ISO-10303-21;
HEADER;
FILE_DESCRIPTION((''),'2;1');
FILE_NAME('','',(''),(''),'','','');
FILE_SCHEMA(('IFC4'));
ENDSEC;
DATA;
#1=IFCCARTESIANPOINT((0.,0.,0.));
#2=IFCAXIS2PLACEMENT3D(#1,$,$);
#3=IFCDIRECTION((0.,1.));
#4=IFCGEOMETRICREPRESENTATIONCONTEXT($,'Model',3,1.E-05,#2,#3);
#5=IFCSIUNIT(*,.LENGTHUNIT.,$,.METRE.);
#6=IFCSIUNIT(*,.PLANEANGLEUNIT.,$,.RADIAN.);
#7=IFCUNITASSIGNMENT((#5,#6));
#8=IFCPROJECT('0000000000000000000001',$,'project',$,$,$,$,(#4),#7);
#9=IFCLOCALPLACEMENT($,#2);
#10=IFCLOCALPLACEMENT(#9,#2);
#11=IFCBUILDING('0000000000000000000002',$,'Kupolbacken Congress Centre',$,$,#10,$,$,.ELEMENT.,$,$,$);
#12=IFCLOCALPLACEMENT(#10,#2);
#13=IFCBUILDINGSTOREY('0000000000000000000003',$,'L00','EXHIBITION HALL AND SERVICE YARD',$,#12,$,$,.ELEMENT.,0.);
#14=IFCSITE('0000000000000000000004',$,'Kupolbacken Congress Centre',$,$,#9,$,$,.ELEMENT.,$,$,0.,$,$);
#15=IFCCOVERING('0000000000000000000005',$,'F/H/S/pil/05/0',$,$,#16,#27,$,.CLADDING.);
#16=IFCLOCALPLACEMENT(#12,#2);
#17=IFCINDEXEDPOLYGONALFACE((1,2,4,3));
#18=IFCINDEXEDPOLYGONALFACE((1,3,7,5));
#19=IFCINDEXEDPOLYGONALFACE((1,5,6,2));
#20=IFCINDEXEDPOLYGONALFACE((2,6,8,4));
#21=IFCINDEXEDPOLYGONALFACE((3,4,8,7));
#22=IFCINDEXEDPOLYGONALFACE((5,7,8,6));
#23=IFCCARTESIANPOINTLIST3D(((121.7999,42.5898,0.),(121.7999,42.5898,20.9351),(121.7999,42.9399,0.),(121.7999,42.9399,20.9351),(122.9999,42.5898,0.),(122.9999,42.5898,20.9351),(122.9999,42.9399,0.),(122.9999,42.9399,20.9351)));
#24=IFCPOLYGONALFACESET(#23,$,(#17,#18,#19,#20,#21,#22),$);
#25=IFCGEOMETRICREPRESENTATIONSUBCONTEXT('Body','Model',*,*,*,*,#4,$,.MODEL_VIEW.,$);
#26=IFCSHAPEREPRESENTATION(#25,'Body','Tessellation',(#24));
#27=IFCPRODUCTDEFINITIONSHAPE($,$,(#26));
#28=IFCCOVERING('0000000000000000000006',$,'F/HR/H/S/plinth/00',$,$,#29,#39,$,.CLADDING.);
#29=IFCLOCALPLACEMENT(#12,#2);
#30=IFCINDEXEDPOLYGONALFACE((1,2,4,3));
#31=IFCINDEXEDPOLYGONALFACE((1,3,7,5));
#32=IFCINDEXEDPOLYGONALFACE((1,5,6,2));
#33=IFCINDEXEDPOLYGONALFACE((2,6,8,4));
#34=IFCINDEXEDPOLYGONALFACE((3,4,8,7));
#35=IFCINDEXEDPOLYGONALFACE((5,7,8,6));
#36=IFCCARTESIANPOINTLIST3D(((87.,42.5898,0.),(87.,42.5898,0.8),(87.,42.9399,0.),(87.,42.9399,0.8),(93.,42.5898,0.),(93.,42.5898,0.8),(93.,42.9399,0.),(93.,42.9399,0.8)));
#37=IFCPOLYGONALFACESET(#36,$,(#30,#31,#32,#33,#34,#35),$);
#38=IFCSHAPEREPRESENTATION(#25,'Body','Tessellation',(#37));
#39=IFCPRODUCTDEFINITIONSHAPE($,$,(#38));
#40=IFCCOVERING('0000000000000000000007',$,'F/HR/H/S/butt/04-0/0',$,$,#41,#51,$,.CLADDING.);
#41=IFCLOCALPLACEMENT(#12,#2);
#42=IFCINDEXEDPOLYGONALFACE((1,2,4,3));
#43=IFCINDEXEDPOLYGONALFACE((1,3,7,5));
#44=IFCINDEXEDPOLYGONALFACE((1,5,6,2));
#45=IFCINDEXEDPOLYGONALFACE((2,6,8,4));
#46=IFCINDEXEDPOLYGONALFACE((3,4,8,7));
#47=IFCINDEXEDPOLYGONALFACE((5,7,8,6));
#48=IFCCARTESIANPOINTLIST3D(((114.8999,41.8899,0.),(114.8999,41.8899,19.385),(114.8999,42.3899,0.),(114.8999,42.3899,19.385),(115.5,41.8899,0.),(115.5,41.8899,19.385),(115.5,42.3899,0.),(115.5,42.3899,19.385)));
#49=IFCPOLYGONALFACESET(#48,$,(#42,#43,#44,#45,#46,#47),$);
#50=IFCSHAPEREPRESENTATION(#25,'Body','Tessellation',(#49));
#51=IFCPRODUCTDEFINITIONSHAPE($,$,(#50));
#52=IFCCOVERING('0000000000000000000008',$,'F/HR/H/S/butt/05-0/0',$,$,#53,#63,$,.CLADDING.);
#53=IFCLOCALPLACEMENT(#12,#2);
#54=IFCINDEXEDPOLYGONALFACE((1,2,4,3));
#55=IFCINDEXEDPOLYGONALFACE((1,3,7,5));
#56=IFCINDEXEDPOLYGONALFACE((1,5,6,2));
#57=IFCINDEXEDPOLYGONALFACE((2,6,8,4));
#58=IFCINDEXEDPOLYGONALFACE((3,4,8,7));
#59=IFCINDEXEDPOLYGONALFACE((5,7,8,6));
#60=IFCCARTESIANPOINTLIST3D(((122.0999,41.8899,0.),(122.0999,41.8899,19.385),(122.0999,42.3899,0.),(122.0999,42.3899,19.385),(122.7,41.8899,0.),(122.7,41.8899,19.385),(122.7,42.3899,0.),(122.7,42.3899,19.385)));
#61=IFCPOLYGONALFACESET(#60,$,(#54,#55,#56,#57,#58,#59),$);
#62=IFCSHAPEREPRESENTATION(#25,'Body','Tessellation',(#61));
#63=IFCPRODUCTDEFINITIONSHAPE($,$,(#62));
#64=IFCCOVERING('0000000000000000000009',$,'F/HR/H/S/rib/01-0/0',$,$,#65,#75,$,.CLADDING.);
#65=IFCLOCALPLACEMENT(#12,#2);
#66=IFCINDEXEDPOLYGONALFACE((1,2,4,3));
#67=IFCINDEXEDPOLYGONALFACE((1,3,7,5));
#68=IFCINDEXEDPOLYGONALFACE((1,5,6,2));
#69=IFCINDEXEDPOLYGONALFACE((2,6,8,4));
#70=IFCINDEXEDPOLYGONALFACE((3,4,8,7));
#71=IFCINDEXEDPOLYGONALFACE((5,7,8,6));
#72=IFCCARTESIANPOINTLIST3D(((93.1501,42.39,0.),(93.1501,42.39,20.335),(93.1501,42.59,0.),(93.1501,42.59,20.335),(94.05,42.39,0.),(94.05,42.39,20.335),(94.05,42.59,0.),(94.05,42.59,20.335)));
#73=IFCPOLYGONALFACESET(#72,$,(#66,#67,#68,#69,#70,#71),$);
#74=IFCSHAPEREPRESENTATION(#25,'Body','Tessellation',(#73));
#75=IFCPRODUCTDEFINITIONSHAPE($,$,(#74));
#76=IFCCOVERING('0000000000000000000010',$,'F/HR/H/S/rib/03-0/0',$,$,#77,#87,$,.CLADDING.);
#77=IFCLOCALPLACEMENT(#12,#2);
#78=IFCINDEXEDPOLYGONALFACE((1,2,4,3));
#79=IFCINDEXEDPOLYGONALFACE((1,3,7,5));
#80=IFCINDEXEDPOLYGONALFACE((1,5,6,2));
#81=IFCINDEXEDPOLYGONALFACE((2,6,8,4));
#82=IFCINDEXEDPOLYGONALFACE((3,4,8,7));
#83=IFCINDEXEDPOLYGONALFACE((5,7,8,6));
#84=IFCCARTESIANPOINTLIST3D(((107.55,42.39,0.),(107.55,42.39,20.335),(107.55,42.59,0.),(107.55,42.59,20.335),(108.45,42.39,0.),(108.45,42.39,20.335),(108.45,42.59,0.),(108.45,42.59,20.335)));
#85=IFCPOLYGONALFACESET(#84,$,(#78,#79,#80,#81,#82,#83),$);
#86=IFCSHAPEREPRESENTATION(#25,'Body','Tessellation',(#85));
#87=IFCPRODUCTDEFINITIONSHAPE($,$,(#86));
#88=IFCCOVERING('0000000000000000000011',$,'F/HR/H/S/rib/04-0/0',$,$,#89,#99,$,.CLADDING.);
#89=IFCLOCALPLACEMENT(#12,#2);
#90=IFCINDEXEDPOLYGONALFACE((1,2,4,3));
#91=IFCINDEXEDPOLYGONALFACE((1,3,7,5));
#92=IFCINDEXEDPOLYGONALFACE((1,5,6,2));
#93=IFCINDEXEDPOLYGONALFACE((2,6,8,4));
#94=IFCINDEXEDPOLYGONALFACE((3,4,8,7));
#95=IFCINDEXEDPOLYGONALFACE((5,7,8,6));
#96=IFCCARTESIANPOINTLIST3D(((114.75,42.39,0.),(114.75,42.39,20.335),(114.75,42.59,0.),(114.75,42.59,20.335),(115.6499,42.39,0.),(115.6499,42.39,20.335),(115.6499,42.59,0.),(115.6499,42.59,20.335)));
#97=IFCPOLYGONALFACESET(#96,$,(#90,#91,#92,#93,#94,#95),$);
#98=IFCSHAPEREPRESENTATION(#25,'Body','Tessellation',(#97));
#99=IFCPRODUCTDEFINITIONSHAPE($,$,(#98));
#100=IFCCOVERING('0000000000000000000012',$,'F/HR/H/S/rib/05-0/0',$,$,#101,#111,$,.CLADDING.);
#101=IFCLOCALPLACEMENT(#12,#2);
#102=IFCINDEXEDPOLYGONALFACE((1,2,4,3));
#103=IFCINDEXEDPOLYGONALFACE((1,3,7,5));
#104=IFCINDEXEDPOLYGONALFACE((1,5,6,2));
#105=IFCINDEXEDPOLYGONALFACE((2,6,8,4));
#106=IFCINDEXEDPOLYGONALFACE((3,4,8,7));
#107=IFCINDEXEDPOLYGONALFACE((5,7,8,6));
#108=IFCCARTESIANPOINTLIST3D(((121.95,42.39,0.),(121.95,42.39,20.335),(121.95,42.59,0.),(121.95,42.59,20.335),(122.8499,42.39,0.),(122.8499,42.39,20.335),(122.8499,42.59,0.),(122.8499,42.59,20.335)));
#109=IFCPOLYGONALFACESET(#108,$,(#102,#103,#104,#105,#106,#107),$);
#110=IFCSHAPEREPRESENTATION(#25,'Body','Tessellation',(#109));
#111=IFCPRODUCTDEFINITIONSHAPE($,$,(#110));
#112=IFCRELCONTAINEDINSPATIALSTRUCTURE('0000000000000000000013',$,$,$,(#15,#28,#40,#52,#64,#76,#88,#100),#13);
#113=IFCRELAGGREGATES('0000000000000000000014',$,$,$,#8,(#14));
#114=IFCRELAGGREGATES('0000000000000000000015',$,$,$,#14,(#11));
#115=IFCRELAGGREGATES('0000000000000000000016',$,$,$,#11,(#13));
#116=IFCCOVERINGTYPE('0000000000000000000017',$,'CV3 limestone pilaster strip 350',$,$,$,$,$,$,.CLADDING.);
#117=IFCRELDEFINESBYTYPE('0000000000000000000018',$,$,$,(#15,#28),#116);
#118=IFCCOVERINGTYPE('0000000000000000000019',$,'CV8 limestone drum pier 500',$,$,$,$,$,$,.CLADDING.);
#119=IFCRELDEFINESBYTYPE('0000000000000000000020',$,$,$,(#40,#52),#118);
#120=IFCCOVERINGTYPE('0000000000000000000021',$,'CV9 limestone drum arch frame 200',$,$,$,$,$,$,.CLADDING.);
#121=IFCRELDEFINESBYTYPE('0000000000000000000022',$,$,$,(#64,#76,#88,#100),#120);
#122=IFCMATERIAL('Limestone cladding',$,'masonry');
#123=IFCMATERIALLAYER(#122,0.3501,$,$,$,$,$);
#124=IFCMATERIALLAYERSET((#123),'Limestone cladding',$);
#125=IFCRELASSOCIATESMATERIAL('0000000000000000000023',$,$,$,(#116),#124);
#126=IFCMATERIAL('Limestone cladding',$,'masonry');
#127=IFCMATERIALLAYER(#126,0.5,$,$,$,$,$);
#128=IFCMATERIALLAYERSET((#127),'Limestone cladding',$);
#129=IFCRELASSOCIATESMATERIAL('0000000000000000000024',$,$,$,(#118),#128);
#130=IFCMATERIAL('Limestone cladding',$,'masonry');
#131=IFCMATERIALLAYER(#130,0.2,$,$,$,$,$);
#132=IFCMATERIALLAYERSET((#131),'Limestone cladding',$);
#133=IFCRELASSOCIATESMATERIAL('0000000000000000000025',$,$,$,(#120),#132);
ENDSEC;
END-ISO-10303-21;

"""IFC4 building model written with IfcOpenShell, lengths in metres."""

from ifc_helpers import new_model, si_unit, direction, frame, origin, origin_2d, place, context, subcontext, project, spatial, rectangle, extrude, material, layer, layer_set, type_object, element, save


model = new_model("IFC4")

# Units and contexts
model_context = context("Model", 3, precision=1e-05, world=origin(), true_north=direction((0.0, 1.0)))
body_context = subcontext(model_context, "Body", "Model", "MODEL_VIEW")
ifc_project = project(units=[si_unit("LENGTHUNIT", "METRE"), si_unit("PLANEANGLEUNIT", "RADIAN")], contexts=[model_context])

# Site, building, storey
site_placement = place(None, origin())
site = spatial("IfcSite", under=ifc_project, at=site_placement, Name="Kupolbacken Congress Centre", CompositionType="ELEMENT", RefElevation=0.0)
building_placement = place(site_placement, origin())
building = spatial("IfcBuilding", under=site, at=building_placement, Name="Kupolbacken Congress Centre", CompositionType="ELEMENT")
storey_placement = place(building_placement, origin())
storey = spatial("IfcBuildingStorey", under=building, at=storey_placement, Name="L00", Description="EXHIBITION HALL AND SERVICE YARD", CompositionType="ELEMENT", Elevation=0.0)

# Coverings
ifc_material_1 = material(Name="Limestone cladding", Category="masonry")
ifc_layer_1 = layer(ifc_material_1, 0.3501)
ifc_layer_set_1 = layer_set([ifc_layer_1], Name="Limestone cladding")
covering_type_1 = type_object("IfcCoveringType", Name="CV3 limestone pilaster strip 350", PredefinedType="CLADDING", material=ifc_layer_set_1)
for number, where, z_axis, x_axis, name in (
    (1, (122.3999, 42.7649, 0.0), (0.0, 0.0, 1.0), (1.0, 0.0, 0.0), "F/H/S/pil/05/0"),
):
    element("IfcCovering", number, at=place(storey_placement, frame(where, z_axis=z_axis, x_axis=x_axis)), inside=storey, type_object=covering_type_1, Name=name, PredefinedType="CLADDING", context=body_context, shape_type="SweptSolid", body=[
        extrude(rectangle(XDim=1.2, YDim=0.3501, at=origin_2d()), origin(), (0.0, 0.0, 1.0), 20.9351),
    ])
covering_1_placement = place(storey_placement, frame((90.0, 42.7649, 0.0), z_axis=(0.0, 0.0, 1.0), x_axis=(1.0, 0.0, 0.0)))
element("IfcCovering", 2, at=covering_1_placement, inside=storey, type_object=covering_type_1, Name="F/HR/H/S/plinth/00", PredefinedType="CLADDING", context=body_context, shape_type="SweptSolid", body=[
    extrude(rectangle(XDim=6.0, YDim=0.3501, at=origin_2d()), origin(), (0.0, 0.0, 1.0), 0.8),
])
ifc_material_2 = material(Name="Limestone cladding", Category="masonry")
ifc_layer_2 = layer(ifc_material_2, 0.5)
ifc_layer_set_2 = layer_set([ifc_layer_2], Name="Limestone cladding")
covering_type_2 = type_object("IfcCoveringType", Name="CV8 limestone drum pier 500", PredefinedType="CLADDING", material=ifc_layer_set_2)
for number, where, z_axis, x_axis, name in (
    (3, (115.2, 42.1399, 0.0), (0.0, 0.0, 1.0), (1.0, 0.0, 0.0), "F/HR/H/S/butt/04-0/0"),
    (4, (122.3999, 42.1399, 0.0), (0.0, 0.0, 1.0), (1.0, 0.0, 0.0), "F/HR/H/S/butt/05-0/0"),
):
    element("IfcCovering", number, at=place(storey_placement, frame(where, z_axis=z_axis, x_axis=x_axis)), inside=storey, type_object=covering_type_2, Name=name, PredefinedType="CLADDING", context=body_context, shape_type="SweptSolid", body=[
        extrude(rectangle(XDim=0.6001, YDim=0.5, at=origin_2d()), origin(), (0.0, 0.0, 1.0), 19.385),
    ])
ifc_material_3 = material(Name="Limestone cladding", Category="masonry")
ifc_layer_3 = layer(ifc_material_3, 0.2)
ifc_layer_set_3 = layer_set([ifc_layer_3], Name="Limestone cladding")
covering_type_3 = type_object("IfcCoveringType", Name="CV9 limestone drum arch frame 200", PredefinedType="CLADDING", material=ifc_layer_set_3)
for number, where, z_axis, x_axis, name in (
    (5, (93.6001, 42.49, 0.0), (0.0, 0.0, 1.0), (1.0, 0.0, 0.0), "F/HR/H/S/rib/01-0/0"),
    (6, (108.0, 42.49, 0.0), (0.0, 0.0, 1.0), (1.0, 0.0, 0.0), "F/HR/H/S/rib/03-0/0"),
    (7, (115.2, 42.49, 0.0), (0.0, 0.0, 1.0), (1.0, 0.0, 0.0), "F/HR/H/S/rib/04-0/0"),
    (8, (122.3999, 42.49, 0.0), (0.0, 0.0, 1.0), (1.0, 0.0, 0.0), "F/HR/H/S/rib/05-0/0"),
):
    element("IfcCovering", number, at=place(storey_placement, frame(where, z_axis=z_axis, x_axis=x_axis)), inside=storey, type_object=covering_type_3, Name=name, PredefinedType="CLADDING", context=body_context, shape_type="SweptSolid", body=[
        extrude(rectangle(XDim=0.8999, YDim=0.2, at=origin_2d()), origin(), (0.0, 0.0, 1.0), 20.335),
    ])

save(model, "model.ifc")
